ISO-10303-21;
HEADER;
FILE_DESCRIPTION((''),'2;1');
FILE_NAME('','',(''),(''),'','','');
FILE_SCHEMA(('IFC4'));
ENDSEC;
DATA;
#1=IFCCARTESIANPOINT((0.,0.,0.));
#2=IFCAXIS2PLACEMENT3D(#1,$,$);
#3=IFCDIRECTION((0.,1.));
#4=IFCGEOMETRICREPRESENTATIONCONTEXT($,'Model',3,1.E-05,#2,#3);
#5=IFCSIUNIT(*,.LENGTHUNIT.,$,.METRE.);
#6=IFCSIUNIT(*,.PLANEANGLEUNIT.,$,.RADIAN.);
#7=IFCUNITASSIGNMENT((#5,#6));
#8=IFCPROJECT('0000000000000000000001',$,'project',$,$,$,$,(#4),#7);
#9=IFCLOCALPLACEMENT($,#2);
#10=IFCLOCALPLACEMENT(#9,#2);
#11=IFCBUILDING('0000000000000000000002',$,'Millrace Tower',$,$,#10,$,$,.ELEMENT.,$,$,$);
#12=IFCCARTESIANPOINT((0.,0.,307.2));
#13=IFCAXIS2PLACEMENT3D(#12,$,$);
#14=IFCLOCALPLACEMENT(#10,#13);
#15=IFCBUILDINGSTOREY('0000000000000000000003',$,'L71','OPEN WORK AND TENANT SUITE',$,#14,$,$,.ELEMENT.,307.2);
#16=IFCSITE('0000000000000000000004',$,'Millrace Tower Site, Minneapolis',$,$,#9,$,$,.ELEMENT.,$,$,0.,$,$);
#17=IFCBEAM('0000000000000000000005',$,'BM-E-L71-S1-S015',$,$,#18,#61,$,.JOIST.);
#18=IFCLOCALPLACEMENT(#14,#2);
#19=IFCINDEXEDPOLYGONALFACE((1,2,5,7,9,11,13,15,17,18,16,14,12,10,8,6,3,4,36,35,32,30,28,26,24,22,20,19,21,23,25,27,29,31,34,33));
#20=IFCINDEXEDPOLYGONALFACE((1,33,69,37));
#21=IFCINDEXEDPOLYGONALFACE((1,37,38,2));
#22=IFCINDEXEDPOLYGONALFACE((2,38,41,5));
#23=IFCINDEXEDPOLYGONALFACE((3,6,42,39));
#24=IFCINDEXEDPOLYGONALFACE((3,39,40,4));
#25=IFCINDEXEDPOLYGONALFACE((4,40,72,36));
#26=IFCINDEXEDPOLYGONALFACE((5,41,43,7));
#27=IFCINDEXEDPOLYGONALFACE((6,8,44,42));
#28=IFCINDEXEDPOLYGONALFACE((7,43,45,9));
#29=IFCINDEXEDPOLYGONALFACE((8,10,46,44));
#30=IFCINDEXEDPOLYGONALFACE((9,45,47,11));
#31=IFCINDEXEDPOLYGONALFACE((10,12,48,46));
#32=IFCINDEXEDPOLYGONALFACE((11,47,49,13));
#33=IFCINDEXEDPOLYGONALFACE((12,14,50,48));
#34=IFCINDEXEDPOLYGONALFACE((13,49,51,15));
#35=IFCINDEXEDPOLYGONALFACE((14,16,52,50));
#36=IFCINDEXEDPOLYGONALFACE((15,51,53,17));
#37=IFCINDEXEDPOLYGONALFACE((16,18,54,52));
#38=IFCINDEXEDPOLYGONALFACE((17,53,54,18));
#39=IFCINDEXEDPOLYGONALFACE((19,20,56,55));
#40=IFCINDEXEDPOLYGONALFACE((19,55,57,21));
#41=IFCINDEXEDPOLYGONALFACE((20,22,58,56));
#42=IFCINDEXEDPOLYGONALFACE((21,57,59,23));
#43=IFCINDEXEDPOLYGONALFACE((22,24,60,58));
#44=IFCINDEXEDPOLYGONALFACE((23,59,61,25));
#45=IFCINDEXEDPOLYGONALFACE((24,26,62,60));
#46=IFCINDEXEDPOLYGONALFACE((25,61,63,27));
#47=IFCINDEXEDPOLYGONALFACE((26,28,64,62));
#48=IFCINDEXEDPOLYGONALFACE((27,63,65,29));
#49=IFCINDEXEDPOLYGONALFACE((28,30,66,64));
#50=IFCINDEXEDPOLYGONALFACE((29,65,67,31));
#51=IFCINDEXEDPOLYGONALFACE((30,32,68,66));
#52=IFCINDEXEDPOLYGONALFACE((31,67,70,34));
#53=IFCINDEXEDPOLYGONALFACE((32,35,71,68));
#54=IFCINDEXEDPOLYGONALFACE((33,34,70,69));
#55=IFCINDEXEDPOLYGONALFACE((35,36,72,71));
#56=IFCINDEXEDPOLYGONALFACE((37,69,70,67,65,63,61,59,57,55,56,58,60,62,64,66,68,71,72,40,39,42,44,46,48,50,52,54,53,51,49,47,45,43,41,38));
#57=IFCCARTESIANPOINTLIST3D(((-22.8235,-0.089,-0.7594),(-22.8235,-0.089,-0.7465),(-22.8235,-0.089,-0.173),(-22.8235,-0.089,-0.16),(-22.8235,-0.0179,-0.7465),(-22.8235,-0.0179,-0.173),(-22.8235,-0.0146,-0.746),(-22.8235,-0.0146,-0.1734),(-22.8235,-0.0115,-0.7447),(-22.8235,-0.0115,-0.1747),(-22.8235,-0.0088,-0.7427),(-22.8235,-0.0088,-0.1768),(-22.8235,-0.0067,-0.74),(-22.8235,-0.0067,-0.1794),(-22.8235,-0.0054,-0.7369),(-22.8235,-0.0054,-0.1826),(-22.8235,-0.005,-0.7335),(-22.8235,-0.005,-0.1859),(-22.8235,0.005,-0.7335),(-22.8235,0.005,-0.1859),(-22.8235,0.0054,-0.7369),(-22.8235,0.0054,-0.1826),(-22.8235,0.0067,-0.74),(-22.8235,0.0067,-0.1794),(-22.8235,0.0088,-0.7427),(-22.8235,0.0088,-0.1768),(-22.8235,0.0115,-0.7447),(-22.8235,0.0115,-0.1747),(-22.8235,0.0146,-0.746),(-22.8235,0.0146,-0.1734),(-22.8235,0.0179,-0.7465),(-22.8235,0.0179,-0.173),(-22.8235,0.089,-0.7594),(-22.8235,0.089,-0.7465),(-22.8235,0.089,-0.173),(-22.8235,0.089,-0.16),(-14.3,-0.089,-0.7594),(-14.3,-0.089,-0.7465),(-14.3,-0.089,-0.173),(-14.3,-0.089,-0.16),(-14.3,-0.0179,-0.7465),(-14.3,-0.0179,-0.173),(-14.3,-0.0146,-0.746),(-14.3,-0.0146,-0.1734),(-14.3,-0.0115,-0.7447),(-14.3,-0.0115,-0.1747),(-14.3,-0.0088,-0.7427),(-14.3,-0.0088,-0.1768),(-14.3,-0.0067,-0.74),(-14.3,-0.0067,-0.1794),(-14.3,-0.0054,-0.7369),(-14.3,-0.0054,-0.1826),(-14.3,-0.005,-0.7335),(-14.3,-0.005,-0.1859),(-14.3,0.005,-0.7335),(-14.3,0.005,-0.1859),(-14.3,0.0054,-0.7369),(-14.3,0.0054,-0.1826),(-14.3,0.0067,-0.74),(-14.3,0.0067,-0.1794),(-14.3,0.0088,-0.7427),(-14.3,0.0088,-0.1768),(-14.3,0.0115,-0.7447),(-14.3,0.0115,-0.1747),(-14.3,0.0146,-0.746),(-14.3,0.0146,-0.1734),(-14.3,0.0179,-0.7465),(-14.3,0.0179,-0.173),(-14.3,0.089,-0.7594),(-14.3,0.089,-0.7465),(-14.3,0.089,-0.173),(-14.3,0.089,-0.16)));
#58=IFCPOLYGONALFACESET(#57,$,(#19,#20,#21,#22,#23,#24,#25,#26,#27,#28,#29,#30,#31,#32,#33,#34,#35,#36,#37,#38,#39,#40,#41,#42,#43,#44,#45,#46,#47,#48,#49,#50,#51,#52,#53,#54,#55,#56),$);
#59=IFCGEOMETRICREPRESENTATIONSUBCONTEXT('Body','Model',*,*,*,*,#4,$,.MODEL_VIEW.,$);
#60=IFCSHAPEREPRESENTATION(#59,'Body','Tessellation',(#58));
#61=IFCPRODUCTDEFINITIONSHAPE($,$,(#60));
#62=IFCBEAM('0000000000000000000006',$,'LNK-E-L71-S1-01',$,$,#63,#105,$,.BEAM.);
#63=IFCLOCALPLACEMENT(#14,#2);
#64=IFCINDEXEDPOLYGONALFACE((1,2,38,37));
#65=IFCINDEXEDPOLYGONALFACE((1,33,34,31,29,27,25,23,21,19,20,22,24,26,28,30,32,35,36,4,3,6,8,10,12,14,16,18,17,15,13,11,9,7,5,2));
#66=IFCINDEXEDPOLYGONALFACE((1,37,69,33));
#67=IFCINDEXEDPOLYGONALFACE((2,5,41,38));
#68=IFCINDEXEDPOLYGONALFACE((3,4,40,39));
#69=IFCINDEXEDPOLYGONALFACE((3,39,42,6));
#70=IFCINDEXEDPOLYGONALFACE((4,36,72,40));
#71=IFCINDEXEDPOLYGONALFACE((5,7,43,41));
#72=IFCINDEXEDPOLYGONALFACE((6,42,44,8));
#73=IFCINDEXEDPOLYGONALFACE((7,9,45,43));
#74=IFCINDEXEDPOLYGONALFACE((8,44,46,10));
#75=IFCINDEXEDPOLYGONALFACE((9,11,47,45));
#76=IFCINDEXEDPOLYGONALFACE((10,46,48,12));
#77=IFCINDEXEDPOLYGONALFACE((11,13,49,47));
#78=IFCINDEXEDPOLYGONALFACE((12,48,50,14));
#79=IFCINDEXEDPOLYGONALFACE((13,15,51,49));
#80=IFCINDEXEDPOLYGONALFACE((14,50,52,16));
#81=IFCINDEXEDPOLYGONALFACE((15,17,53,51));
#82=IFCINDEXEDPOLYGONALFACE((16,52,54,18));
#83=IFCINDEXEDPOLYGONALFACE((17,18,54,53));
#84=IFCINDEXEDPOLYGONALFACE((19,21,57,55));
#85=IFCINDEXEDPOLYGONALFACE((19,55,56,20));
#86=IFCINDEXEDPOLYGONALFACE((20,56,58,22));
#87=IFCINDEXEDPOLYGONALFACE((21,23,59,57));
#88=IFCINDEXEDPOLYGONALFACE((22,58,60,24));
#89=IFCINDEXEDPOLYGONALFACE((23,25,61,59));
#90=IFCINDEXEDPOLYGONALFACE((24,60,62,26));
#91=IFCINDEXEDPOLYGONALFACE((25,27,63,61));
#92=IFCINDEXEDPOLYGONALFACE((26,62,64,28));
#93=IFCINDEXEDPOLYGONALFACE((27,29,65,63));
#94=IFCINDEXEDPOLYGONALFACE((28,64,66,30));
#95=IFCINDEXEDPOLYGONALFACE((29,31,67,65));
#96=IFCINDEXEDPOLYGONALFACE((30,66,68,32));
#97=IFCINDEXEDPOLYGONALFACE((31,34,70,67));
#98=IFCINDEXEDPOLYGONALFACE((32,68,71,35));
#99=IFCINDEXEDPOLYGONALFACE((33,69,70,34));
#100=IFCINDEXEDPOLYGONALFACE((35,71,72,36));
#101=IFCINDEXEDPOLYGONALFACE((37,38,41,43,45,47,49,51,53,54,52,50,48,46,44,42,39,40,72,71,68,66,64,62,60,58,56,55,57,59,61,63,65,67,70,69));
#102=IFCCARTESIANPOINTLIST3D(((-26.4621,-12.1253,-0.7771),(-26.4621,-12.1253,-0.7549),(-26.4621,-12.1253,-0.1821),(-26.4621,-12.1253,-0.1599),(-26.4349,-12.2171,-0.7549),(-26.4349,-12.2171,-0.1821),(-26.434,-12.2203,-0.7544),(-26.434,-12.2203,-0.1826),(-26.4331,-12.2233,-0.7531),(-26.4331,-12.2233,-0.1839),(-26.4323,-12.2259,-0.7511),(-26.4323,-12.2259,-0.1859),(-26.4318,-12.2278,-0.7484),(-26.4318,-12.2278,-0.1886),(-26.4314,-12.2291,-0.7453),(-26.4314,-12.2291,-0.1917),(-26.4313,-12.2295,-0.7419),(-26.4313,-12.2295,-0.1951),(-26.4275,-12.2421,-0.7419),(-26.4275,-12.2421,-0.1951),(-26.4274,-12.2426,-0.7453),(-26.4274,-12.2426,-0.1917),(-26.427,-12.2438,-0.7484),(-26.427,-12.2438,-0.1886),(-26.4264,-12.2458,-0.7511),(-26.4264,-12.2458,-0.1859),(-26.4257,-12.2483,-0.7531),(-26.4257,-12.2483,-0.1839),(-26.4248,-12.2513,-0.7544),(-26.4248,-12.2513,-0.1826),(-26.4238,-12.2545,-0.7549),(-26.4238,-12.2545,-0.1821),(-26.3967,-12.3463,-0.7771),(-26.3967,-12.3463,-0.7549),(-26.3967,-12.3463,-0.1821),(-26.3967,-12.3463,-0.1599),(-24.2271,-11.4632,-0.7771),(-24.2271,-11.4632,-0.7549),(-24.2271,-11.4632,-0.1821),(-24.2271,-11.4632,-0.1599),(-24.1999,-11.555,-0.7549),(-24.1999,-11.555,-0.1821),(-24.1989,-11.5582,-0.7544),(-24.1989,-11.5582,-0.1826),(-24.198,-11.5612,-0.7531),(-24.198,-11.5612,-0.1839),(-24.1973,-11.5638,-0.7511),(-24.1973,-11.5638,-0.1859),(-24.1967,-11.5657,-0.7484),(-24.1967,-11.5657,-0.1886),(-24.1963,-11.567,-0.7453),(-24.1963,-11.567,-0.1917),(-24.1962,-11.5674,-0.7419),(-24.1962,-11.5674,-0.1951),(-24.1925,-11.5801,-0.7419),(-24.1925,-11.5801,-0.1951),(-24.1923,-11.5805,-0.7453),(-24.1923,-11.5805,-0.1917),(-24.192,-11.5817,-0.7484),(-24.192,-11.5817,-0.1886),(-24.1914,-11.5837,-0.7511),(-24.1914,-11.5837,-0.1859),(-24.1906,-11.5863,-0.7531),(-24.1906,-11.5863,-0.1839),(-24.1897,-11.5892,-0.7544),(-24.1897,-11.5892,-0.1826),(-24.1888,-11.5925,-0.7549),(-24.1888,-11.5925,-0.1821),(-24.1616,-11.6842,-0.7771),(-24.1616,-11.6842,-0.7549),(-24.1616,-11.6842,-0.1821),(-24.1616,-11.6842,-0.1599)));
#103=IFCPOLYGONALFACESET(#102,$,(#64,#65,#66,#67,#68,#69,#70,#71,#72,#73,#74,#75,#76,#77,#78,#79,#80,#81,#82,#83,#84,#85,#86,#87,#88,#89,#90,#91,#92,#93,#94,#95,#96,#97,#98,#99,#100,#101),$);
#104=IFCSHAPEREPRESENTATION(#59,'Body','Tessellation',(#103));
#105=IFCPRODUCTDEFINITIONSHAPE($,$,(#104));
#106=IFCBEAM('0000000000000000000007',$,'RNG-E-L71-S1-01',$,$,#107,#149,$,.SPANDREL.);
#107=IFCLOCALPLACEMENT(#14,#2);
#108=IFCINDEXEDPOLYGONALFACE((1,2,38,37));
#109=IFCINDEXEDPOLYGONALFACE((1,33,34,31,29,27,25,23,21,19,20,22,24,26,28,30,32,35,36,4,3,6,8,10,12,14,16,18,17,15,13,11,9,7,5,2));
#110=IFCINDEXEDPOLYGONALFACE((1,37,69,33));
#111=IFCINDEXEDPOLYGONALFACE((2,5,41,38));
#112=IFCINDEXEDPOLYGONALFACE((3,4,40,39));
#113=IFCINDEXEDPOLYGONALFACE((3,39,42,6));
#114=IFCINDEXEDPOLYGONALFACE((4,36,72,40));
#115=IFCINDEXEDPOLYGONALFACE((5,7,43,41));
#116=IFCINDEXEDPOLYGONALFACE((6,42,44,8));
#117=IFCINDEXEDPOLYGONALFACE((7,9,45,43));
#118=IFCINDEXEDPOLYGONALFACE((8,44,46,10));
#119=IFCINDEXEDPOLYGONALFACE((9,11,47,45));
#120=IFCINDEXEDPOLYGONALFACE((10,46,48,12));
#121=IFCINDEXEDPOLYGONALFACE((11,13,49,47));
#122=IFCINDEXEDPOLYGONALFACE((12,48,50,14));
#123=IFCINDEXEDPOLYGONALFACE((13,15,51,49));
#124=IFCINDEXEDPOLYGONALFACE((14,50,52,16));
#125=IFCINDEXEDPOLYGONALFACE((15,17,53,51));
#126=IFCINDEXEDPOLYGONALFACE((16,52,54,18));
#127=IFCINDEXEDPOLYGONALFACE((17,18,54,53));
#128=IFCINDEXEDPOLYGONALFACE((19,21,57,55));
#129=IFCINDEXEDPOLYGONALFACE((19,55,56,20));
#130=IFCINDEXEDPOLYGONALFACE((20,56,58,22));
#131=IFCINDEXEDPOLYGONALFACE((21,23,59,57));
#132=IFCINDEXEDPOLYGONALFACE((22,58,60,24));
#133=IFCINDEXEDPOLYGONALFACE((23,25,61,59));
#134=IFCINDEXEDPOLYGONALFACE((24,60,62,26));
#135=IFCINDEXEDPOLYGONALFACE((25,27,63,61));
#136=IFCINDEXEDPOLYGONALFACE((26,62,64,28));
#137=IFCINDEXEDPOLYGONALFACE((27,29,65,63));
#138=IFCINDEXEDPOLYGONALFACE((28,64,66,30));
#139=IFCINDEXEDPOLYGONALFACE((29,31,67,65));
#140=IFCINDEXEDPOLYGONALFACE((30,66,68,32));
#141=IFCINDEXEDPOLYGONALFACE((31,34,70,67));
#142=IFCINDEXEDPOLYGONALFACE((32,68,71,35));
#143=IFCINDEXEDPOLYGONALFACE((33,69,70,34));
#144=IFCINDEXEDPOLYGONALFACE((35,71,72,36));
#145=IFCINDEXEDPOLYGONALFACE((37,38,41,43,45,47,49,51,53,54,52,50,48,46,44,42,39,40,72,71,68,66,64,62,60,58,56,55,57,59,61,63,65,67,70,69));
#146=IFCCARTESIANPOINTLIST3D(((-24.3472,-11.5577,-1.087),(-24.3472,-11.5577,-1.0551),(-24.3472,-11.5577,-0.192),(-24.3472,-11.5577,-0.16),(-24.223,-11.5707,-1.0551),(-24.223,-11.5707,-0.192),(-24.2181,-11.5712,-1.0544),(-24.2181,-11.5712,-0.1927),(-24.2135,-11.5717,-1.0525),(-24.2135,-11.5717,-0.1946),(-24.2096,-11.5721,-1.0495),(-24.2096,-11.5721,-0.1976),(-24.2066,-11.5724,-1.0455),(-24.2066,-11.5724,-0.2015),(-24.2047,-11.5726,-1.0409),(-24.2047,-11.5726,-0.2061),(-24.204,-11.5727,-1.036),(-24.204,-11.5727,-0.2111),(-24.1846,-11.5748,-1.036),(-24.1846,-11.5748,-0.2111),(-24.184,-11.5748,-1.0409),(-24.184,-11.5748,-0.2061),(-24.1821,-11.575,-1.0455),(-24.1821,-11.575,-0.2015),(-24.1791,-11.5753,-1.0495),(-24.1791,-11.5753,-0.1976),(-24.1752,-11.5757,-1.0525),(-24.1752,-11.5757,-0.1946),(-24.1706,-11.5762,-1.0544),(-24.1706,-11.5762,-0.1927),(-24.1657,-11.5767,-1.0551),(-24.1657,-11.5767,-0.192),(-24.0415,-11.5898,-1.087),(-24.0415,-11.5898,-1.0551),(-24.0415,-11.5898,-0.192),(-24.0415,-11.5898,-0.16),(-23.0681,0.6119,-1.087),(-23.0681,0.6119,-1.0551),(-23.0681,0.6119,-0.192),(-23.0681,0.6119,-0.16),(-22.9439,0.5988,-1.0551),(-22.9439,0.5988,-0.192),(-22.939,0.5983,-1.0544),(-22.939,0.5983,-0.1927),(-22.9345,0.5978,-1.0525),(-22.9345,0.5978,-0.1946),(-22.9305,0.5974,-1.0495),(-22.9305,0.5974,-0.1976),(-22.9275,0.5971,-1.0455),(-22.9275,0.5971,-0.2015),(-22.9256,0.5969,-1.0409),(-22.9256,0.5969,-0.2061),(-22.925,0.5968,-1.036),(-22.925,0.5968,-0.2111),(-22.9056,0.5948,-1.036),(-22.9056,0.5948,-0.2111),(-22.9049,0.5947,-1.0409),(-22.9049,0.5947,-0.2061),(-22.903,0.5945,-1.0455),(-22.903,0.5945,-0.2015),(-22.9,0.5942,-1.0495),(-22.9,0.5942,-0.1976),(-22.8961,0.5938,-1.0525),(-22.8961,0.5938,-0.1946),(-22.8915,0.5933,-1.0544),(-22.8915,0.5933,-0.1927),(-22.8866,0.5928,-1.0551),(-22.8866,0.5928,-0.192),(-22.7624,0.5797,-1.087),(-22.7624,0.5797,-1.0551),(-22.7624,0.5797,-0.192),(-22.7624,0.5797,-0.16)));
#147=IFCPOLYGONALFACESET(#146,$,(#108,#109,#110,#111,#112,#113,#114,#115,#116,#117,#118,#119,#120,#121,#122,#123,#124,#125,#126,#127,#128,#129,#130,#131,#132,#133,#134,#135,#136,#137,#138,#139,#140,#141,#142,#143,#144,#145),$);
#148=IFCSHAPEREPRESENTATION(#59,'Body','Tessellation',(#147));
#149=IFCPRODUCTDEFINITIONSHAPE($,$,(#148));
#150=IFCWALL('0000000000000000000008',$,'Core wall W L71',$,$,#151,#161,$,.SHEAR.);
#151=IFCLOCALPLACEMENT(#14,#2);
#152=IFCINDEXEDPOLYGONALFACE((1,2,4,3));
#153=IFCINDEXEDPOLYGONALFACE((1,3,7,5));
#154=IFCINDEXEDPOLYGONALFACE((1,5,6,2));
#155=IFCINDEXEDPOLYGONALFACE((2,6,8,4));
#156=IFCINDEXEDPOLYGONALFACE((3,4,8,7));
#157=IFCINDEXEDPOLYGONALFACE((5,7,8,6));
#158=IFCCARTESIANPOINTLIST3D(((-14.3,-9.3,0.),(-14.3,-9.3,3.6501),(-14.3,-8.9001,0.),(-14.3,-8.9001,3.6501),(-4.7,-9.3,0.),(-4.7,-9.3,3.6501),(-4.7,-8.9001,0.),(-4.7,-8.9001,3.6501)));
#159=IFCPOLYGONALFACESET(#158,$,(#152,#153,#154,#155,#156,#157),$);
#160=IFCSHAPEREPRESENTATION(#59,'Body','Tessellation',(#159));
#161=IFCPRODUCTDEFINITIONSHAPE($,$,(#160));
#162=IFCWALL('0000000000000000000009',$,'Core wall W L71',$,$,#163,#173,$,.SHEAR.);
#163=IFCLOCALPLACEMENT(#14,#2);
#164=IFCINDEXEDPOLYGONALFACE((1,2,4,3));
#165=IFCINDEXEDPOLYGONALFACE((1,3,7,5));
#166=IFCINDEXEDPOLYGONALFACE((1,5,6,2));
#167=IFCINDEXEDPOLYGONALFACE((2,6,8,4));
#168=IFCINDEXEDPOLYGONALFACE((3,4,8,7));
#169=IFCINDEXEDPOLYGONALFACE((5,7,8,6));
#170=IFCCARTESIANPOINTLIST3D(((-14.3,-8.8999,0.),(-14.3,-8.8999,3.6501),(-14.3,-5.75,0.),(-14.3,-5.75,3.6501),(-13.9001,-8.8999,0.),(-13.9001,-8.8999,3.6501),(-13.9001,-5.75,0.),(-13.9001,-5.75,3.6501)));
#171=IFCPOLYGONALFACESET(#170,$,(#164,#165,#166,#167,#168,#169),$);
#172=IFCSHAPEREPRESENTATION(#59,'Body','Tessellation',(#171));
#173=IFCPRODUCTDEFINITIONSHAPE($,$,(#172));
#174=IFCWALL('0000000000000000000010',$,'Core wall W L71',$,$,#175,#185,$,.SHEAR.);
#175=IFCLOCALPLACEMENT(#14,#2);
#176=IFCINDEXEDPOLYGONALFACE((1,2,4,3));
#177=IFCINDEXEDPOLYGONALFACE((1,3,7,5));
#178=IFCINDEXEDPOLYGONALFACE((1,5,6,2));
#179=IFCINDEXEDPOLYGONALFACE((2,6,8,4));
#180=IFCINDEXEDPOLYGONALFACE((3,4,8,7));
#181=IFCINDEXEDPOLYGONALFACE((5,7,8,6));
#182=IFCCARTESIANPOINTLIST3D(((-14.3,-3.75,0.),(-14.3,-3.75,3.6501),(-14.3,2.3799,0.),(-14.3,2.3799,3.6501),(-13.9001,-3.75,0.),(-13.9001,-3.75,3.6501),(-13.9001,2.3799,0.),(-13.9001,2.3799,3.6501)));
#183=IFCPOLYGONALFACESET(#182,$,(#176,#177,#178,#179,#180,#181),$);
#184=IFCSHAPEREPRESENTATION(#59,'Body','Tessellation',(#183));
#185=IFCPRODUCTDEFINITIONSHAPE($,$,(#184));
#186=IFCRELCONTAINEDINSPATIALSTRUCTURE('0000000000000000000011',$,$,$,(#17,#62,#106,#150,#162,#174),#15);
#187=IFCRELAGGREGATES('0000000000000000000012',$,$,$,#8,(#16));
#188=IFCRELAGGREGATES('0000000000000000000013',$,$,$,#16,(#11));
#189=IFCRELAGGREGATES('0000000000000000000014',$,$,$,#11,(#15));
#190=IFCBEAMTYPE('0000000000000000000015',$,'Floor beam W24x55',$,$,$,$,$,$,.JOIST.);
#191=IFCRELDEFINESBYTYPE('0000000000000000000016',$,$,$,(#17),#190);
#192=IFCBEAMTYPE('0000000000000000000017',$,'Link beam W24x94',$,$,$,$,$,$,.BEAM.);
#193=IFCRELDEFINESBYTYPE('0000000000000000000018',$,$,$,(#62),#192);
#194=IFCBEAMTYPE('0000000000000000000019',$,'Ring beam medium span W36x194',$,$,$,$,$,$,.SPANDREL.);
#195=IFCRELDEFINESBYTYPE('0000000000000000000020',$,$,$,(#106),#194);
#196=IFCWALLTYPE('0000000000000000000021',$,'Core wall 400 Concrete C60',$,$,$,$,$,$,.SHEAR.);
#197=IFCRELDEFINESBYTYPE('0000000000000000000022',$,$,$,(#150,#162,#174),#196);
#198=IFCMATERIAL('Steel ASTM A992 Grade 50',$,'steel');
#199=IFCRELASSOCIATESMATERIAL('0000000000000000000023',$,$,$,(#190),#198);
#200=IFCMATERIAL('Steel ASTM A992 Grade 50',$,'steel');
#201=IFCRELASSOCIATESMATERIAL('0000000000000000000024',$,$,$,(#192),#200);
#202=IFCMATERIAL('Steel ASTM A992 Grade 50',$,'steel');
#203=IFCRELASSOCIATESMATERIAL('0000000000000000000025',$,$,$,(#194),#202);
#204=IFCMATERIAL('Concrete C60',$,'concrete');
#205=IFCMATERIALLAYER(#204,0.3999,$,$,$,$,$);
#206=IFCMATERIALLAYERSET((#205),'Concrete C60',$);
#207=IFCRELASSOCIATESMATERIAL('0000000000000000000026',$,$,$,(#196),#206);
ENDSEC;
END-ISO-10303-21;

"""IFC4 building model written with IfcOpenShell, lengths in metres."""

from ifc_helpers import new_model, si_unit, direction, frame, frame_2d, origin, origin_2d, place, context, subcontext, project, spatial, rectangle, i_section, extrude, material, layer, layer_set, material_profile, profile_set, type_object, element, save


model = new_model("IFC4")

# Units and contexts
model_context = context("Model", 3, precision=1e-05, world=origin(), true_north=direction((0.0, 1.0)))
body_context = subcontext(model_context, "Body", "Model", "MODEL_VIEW")
ifc_project = project(units=[si_unit("LENGTHUNIT", "METRE"), si_unit("PLANEANGLEUNIT", "RADIAN")], contexts=[model_context])

# Site, building, storey
site_placement = place(None, origin())
site = spatial("IfcSite", under=ifc_project, at=site_placement, Name="Millrace Tower Site, Minneapolis", CompositionType="ELEMENT", RefElevation=0.0)
building_placement = place(site_placement, origin())
building = spatial("IfcBuilding", under=site, at=building_placement, Name="Millrace Tower", CompositionType="ELEMENT")
storey_placement = place(building_placement, frame((0.0, 0.0, 307.2)))
storey = spatial("IfcBuildingStorey", under=building, at=storey_placement, Name="L71", Description="OPEN WORK AND TENANT SUITE", CompositionType="ELEMENT", Elevation=307.2)

# Beams
ifc_material_1 = material(Name="Steel ASTM A992 Grade 50", Category="steel")
ifc_material_profile_1 = material_profile(ifc_material_1, i_section(OverallWidth=0.178, OverallDepth=0.5994, WebThickness=0.01, FlangeThickness=0.0129, FilletRadius=0.0129, at=origin_2d()))
ifc_profile_set_1 = profile_set([ifc_material_profile_1], Name="Steel ASTM A992 Grade 50")
beam_type_1 = type_object("IfcBeamType", Name="Floor beam W24x55", PredefinedType="JOIST", material=ifc_profile_set_1)
beam_1_placement = place(storey_placement, frame((-22.8235, 0.0, -0.4597), z_axis=(1.0, 0.0, 0.0), x_axis=(0.0, 1.0, 0.0)))
element("IfcBeam", 1, at=beam_1_placement, inside=storey, type_object=beam_type_1, Name="BM-E-L71-S1-S015", PredefinedType="JOIST", context=body_context, shape_type="SweptSolid", body=[
    extrude(i_section(OverallWidth=0.178, OverallDepth=0.5994, WebThickness=0.01, FlangeThickness=0.0129, FilletRadius=0.0129, at=origin_2d()), origin(), (0.0, 0.0, 1.0), 8.5234),
])
ifc_material_2 = material(Name="Steel ASTM A992 Grade 50", Category="steel")
ifc_material_profile_2 = material_profile(ifc_material_2, i_section(OverallWidth=0.2305, OverallDepth=0.6172, WebThickness=0.0132, FlangeThickness=0.0222, FilletRadius=0.0129, at=origin_2d()))
ifc_profile_set_2 = profile_set([ifc_material_profile_2], Name="Steel ASTM A992 Grade 50")
beam_type_2 = type_object("IfcBeamType", Name="Link beam W24x94", PredefinedType="BEAM", material=ifc_profile_set_2)
beam_2_placement = place(storey_placement, frame((-24.1943, -11.5737, -0.4685), z_axis=(-0.958815, -0.284031, 0.0), x_axis=(0.284031, -0.958815, 0.0)))
element("IfcBeam", 2, at=beam_2_placement, inside=storey, type_object=beam_type_2, Name="LNK-E-L71-S1-01", PredefinedType="BEAM", context=body_context, shape_type="SweptSolid", body=[
    extrude(i_section(OverallWidth=0.2305, OverallDepth=0.6172, WebThickness=0.0132, FlangeThickness=0.0222, FilletRadius=0.0129, at=origin_2d()), origin(), (0.0, 0.0, 1.0), 2.3311),
])
ifc_material_3 = material(Name="Steel ASTM A992 Grade 50", Category="steel")
ifc_material_profile_3 = material_profile(ifc_material_3, i_section(OverallWidth=0.3074, OverallDepth=0.927, WebThickness=0.0195, FlangeThickness=0.032, FilletRadius=0.019, at=origin_2d()))
ifc_profile_set_3 = profile_set([ifc_material_profile_3], Name="Steel ASTM A992 Grade 50")
beam_type_3 = type_object("IfcBeamType", Name="Ring beam medium span W36x194", PredefinedType="SPANDREL", material=ifc_profile_set_3)
beam_3_placement = place(storey_placement, frame((-24.1943, -11.5737, -0.6235), z_axis=(0.104528, 0.994522, 0.0), x_axis=(-0.994522, 0.104528, 0.0)))
element("IfcBeam", 3, at=beam_3_placement, inside=storey, type_object=beam_type_3, Name="RNG-E-L71-S1-01", PredefinedType="SPANDREL", context=body_context, shape_type="SweptSolid", body=[
    extrude(i_section(OverallWidth=0.3074, OverallDepth=0.927, WebThickness=0.0195, FlangeThickness=0.032, FilletRadius=0.019, at=origin_2d()), origin(), (0.0, 0.0, 1.0), 12.2366),
])

# Walls
ifc_material_4 = material(Name="Concrete C60", Category="concrete")
ifc_layer_1 = layer(ifc_material_4, 0.3999)
ifc_layer_set_1 = layer_set([ifc_layer_1], Name="Concrete C60")
wall_type_1 = type_object("IfcWallType", Name="Core wall 400 Concrete C60", PredefinedType="SHEAR", material=ifc_layer_set_1)
wall_1_placement = place(storey_placement, frame((-14.3, -9.1001, 0.0), z_axis=(0.0, 0.0, 1.0), x_axis=(1.0, 0.0, 0.0)))
element("IfcWall", 4, at=wall_1_placement, inside=storey, type_object=wall_type_1, Name="Core wall W L71", PredefinedType="SHEAR", context=body_context, shape_type="SweptSolid", body=[
    extrude(rectangle(XDim=9.6001, YDim=0.3999, at=frame_2d((4.8, 0.0))), origin(), (0.0, 0.0, 1.0), 3.6501),
])
wall_2_placement = place(storey_placement, frame((-14.1001, -8.8999, 0.0), z_axis=(0.0, 0.0, 1.0), x_axis=(0.0, 1.0, 0.0)))
element("IfcWall", 5, at=wall_2_placement, inside=storey, type_object=wall_type_1, Name="Core wall W L71", PredefinedType="SHEAR", context=body_context, shape_type="SweptSolid", body=[
    extrude(rectangle(XDim=3.1499, YDim=0.3999, at=frame_2d((1.575, 0.0))), origin(), (0.0, 0.0, 1.0), 3.6501),
])
wall_3_placement = place(storey_placement, frame((-14.1001, -3.75, 0.0), z_axis=(0.0, 0.0, 1.0), x_axis=(0.0, 1.0, 0.0)))
element("IfcWall", 6, at=wall_3_placement, inside=storey, type_object=wall_type_1, Name="Core wall W L71", PredefinedType="SHEAR", context=body_context, shape_type="SweptSolid", body=[
    extrude(rectangle(XDim=6.1299, YDim=0.3999, at=frame_2d((3.0649, 0.0))), origin(), (0.0, 0.0, 1.0), 3.6501),
])

save(model, "model.ifc")
